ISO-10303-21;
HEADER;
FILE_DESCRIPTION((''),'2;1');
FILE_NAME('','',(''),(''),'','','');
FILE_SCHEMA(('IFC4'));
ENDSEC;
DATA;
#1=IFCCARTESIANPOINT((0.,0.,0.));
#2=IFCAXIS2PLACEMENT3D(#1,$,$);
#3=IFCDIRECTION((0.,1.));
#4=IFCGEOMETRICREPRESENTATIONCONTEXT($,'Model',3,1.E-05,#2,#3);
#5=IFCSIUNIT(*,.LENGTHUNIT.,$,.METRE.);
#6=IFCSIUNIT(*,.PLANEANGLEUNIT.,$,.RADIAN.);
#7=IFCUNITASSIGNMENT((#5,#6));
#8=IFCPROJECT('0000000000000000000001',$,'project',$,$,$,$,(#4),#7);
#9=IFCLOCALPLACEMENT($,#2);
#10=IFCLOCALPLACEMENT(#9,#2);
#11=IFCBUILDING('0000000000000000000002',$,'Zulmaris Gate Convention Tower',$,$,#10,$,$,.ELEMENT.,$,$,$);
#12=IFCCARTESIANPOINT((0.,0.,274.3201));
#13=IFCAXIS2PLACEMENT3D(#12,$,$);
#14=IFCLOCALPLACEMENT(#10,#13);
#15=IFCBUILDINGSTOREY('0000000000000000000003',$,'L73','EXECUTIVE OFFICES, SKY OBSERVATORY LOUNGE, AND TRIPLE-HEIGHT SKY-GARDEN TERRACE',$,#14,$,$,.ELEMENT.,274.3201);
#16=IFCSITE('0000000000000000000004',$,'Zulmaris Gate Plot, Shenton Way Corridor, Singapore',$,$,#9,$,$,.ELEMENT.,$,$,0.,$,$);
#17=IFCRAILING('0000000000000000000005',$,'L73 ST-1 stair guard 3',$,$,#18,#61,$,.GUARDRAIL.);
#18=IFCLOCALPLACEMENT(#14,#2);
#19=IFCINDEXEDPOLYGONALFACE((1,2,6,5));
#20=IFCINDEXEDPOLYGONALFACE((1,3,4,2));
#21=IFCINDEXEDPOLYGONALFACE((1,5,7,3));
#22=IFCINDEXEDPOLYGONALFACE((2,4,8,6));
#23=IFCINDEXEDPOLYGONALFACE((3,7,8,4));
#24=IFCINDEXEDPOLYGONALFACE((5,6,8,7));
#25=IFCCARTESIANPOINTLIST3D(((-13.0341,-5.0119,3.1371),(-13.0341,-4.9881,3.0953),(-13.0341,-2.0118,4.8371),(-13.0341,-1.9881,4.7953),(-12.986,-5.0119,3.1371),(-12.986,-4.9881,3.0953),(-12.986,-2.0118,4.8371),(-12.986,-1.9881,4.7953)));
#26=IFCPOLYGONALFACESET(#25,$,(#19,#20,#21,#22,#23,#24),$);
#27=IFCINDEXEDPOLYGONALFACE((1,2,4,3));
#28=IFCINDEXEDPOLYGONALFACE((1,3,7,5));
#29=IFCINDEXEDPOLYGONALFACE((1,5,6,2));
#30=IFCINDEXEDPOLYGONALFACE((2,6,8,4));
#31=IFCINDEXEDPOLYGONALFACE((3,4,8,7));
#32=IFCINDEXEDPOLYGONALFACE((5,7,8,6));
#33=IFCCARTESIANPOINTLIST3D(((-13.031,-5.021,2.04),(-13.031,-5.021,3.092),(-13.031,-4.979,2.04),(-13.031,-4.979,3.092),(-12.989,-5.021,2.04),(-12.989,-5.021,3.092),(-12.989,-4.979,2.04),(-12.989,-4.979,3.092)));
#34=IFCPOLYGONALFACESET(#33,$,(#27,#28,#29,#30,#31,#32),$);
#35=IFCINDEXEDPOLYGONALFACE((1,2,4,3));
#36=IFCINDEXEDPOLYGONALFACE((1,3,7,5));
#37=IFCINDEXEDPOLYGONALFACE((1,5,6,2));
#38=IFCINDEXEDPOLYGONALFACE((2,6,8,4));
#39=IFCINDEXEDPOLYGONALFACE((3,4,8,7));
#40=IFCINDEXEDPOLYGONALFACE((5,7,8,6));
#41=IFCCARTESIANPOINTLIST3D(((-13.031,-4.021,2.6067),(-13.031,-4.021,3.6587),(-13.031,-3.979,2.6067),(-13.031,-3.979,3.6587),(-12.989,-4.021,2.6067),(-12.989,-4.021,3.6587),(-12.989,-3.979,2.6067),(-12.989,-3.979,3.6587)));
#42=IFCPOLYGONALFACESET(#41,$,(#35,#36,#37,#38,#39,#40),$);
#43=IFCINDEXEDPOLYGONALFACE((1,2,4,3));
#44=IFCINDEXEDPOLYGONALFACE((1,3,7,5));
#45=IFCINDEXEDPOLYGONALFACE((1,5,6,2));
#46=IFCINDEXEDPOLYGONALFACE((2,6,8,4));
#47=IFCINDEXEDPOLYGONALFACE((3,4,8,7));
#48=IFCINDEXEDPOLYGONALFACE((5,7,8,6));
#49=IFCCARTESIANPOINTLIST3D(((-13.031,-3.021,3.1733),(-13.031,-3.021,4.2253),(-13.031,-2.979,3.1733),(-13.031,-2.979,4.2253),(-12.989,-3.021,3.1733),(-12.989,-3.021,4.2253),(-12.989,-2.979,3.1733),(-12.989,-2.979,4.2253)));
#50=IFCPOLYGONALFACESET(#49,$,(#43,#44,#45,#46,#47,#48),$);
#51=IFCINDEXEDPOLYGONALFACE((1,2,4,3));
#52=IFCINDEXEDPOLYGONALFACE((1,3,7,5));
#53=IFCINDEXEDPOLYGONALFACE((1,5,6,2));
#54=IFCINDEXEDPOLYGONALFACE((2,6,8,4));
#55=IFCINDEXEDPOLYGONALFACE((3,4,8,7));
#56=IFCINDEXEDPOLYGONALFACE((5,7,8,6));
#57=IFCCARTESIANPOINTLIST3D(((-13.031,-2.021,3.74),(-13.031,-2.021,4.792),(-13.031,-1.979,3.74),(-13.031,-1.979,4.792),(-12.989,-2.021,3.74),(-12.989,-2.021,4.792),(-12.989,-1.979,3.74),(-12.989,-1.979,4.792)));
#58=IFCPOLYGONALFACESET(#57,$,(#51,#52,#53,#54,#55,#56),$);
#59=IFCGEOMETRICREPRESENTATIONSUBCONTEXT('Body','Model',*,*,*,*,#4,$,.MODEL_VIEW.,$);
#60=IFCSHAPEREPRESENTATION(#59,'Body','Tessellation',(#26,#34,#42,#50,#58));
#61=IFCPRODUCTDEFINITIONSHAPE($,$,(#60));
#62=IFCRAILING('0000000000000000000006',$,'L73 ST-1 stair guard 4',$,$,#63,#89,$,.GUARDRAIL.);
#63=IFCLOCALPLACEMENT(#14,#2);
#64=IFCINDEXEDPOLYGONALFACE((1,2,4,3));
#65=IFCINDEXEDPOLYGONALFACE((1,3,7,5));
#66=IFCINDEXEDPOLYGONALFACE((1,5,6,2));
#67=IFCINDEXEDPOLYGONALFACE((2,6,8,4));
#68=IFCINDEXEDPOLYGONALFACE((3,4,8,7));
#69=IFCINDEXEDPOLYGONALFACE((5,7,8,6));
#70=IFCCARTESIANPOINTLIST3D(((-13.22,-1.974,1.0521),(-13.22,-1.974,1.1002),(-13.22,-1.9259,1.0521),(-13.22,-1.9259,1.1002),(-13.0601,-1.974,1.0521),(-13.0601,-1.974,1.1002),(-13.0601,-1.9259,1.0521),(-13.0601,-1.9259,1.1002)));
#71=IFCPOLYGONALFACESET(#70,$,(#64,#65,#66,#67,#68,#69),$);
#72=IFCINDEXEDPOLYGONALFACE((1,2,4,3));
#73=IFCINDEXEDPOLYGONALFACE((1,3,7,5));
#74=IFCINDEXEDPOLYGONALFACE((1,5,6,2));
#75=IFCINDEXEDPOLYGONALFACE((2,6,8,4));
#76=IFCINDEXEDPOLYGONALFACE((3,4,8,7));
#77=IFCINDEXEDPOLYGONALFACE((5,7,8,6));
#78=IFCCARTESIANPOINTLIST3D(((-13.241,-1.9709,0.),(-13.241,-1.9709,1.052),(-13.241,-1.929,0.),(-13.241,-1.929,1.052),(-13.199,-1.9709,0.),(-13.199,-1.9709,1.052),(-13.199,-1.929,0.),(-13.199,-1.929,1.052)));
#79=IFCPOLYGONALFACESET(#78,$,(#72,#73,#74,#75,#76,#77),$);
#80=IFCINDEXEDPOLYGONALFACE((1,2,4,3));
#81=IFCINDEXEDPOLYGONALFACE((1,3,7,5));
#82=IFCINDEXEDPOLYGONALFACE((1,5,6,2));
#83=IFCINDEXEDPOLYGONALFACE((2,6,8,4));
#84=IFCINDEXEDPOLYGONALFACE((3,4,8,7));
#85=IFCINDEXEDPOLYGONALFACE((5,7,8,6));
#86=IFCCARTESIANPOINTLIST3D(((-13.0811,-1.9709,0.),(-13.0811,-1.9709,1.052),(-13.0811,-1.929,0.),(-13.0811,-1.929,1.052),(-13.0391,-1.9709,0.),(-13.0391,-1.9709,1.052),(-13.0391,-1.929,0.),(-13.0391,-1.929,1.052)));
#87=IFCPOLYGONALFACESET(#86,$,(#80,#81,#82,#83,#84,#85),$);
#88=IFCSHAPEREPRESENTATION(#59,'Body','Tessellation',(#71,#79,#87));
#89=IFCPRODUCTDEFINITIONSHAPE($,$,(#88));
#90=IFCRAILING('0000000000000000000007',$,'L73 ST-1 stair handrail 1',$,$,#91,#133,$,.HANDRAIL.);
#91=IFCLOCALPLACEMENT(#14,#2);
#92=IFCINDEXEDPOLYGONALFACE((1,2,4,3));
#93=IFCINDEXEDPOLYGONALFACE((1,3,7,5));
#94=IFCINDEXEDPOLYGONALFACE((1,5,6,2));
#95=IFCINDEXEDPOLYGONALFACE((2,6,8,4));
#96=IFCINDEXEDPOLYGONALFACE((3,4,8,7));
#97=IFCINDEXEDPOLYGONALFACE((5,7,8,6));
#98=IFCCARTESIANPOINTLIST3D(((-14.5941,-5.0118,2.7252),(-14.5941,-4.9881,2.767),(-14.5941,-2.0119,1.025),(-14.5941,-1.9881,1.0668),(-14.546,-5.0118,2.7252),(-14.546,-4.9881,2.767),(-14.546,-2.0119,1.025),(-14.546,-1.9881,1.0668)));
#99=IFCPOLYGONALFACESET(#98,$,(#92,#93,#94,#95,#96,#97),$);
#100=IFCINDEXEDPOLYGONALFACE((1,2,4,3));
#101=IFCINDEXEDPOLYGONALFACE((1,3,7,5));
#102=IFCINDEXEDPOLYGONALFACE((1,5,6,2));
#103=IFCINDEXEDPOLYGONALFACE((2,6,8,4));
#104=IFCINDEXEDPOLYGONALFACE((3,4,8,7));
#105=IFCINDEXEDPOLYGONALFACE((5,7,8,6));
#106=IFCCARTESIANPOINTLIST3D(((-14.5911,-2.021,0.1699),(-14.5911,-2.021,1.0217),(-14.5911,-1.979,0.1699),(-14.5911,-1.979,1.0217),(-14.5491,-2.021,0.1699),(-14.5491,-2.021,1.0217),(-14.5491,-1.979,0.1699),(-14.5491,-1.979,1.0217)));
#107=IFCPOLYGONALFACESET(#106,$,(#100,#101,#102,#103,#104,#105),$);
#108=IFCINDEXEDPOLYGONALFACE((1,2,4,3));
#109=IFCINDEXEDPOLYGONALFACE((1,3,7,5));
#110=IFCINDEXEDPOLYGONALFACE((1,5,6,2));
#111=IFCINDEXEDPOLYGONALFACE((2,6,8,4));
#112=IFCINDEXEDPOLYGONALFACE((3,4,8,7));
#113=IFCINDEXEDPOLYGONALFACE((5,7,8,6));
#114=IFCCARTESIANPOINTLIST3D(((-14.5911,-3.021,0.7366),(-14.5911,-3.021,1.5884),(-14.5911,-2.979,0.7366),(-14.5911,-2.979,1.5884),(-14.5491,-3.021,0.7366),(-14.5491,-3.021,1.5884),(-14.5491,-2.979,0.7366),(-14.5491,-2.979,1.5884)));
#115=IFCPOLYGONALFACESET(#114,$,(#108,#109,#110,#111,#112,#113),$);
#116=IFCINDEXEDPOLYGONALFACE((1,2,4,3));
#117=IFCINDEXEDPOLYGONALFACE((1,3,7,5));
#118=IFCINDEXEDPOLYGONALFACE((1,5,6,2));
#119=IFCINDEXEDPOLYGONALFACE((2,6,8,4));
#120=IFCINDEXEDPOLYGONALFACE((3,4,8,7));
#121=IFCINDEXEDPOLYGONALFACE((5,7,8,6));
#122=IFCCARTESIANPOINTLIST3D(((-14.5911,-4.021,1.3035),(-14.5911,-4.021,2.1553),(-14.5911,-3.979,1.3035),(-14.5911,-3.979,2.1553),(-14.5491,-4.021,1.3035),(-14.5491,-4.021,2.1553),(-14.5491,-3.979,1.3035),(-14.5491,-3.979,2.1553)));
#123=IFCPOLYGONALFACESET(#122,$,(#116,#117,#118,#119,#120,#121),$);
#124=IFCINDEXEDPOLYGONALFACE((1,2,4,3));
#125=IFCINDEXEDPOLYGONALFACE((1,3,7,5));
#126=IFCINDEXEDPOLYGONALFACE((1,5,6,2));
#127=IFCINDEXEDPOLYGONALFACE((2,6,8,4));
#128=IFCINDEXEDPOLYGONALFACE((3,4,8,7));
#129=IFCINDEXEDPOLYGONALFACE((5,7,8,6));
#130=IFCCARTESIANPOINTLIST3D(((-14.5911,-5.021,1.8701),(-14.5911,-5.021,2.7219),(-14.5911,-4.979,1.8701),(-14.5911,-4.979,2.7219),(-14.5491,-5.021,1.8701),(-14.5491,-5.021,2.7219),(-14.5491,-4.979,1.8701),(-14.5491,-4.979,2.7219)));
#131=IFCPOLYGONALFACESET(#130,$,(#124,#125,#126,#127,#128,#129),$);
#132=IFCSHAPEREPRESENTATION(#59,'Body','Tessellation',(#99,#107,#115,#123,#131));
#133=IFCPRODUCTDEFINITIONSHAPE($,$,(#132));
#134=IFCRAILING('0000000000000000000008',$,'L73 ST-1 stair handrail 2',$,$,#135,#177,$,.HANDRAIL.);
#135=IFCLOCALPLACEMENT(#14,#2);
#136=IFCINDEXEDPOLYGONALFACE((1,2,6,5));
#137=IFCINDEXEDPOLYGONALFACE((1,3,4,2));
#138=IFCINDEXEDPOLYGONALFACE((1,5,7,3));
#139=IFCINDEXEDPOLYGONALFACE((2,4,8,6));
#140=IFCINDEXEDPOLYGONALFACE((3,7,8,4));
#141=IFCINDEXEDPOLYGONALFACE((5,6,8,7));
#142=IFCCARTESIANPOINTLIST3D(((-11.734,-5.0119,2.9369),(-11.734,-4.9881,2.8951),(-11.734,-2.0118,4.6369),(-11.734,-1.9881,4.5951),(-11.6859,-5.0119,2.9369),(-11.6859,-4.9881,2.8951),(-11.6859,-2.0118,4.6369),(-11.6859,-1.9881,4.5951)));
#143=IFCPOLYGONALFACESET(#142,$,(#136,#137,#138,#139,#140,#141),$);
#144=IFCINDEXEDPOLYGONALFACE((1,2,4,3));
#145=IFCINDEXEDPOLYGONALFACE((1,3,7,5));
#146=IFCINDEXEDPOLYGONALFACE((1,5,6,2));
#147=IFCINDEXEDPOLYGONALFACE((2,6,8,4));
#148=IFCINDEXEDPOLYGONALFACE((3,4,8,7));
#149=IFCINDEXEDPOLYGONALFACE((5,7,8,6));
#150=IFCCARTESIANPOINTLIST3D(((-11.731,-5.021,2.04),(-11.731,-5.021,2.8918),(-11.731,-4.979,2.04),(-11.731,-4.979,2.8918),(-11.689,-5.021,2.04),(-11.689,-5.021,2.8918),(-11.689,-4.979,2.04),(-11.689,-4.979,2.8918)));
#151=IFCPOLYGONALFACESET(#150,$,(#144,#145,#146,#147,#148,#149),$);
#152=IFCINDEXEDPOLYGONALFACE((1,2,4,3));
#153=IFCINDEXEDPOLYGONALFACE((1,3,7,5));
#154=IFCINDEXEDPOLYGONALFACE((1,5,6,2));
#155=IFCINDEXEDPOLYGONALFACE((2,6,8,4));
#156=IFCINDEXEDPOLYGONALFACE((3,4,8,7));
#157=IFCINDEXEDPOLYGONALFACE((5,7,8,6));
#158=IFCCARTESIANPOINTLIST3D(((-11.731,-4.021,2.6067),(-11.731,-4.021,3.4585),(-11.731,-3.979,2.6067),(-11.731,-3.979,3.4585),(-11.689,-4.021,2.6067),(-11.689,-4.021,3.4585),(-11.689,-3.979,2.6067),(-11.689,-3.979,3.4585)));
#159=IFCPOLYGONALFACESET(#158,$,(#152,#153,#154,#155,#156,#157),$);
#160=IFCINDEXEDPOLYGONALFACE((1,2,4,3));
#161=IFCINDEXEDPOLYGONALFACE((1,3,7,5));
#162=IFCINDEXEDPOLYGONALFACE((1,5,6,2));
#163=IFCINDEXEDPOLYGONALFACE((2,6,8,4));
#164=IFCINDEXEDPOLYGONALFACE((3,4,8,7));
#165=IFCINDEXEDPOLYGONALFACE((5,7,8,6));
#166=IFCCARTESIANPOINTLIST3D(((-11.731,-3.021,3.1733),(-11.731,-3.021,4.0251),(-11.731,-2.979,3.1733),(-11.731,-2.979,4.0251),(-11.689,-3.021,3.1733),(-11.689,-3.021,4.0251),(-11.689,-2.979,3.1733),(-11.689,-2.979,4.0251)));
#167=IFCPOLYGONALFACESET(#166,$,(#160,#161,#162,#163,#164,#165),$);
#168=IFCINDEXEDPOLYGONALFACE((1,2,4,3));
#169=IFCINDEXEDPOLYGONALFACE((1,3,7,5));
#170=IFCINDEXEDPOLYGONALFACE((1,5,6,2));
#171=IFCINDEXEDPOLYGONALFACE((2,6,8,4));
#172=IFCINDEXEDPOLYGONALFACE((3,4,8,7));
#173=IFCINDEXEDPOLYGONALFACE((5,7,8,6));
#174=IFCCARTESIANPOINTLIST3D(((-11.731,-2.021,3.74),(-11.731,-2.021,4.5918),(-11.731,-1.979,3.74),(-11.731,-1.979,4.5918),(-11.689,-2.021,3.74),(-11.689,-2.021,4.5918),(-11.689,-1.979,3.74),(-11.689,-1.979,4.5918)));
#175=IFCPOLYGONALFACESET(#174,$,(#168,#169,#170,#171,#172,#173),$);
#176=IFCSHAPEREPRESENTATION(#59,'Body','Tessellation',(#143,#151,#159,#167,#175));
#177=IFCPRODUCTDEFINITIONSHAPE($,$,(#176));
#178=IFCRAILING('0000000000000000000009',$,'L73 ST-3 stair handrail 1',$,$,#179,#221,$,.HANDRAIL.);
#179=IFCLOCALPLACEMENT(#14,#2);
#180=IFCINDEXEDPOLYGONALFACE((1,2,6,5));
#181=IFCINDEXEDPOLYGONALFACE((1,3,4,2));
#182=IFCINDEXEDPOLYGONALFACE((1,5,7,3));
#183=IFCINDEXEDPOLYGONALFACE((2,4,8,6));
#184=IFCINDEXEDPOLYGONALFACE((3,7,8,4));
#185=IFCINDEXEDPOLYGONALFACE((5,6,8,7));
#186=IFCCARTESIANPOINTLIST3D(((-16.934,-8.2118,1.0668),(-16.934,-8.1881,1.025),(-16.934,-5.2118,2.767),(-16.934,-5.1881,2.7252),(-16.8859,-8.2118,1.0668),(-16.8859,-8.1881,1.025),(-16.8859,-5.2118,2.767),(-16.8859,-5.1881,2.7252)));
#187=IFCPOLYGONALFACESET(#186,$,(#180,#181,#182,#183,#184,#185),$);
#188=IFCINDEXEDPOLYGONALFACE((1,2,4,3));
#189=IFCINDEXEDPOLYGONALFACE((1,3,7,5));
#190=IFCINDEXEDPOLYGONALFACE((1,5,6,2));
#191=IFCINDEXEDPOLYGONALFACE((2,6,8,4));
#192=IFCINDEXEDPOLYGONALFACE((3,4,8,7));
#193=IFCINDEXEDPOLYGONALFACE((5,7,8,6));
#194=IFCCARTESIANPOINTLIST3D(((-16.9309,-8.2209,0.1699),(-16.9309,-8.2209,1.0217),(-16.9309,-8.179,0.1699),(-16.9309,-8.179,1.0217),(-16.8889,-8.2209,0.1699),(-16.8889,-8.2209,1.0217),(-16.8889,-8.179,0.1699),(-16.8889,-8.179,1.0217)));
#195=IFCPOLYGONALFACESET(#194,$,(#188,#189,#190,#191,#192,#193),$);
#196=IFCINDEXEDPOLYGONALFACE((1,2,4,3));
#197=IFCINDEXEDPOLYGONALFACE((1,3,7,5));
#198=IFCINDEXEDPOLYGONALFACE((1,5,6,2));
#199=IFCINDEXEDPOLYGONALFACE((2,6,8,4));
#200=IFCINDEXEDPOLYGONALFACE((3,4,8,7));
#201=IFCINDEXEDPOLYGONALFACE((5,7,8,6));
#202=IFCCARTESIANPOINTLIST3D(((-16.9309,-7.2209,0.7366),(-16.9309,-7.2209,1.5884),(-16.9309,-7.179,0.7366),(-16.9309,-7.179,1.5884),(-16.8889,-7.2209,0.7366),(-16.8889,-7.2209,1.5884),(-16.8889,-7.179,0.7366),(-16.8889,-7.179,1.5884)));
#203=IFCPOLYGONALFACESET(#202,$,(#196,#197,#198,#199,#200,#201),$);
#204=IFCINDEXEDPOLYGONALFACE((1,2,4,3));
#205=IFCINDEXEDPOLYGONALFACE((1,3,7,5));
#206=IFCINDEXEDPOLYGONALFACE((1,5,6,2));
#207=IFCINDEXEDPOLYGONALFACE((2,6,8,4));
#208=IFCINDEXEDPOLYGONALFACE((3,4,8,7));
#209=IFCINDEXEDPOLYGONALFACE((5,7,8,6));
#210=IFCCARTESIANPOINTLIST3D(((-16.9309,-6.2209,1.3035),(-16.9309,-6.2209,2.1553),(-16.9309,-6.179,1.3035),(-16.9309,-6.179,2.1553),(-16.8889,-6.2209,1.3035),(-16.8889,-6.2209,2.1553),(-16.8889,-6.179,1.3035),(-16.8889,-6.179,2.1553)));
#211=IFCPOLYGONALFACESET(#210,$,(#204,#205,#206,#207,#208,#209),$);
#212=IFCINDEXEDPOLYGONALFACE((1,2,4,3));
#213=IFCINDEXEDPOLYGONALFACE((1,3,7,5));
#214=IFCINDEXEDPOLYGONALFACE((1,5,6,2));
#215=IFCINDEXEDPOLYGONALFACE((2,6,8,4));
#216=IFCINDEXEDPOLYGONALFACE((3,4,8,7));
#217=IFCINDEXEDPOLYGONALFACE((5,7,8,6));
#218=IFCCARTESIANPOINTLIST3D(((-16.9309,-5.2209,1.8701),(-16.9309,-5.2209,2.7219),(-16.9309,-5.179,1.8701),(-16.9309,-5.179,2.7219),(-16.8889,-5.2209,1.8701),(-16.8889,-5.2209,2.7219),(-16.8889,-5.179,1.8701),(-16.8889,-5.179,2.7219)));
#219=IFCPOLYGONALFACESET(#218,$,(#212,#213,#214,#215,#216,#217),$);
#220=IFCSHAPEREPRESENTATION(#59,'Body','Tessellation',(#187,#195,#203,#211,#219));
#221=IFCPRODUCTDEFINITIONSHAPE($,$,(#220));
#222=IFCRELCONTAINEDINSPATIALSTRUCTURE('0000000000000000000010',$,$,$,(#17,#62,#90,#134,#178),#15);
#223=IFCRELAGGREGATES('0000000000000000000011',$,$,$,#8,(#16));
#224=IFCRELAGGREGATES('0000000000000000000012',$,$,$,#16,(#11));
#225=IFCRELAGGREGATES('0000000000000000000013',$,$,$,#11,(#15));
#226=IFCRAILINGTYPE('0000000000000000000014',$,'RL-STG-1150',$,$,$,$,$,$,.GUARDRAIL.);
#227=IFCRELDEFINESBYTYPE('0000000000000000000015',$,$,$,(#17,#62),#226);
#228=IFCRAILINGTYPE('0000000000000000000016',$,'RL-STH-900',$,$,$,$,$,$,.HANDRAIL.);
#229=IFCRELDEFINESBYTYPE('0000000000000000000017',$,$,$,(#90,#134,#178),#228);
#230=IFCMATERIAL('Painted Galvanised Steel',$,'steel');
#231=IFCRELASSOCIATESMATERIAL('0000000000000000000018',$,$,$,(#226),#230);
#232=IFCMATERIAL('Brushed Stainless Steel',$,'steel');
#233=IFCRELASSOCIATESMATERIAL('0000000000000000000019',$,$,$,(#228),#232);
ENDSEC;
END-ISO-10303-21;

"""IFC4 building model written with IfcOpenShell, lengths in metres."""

from ifc_helpers import new_model, si_unit, direction, frame, origin, origin_2d, place, context, subcontext, project, spatial, rectangle, extrude, material, type_object, element, save


model = new_model("IFC4")

# Units and contexts
model_context = context("Model", 3, precision=1e-05, world=origin(), true_north=direction((0.0, 1.0)))
body_context = subcontext(model_context, "Body", "Model", "MODEL_VIEW")
ifc_project = project(units=[si_unit("LENGTHUNIT", "METRE"), si_unit("PLANEANGLEUNIT", "RADIAN")], contexts=[model_context])

# Site, building, storey
site_placement = place(None, origin())
site = spatial("IfcSite", under=ifc_project, at=site_placement, Name="Zulmaris Gate Plot, Shenton Way Corridor, Singapore", CompositionType="ELEMENT", RefElevation=0.0)
building_placement = place(site_placement, origin())
building = spatial("IfcBuilding", under=site, at=building_placement, Name="Zulmaris Gate Convention Tower", CompositionType="ELEMENT")
storey_placement = place(building_placement, frame((0.0, 0.0, 274.3201)))
storey = spatial("IfcBuildingStorey", under=building, at=storey_placement, Name="L73", Description="EXECUTIVE OFFICES, SKY OBSERVATORY LOUNGE, AND TRIPLE-HEIGHT SKY-GARDEN TERRACE", CompositionType="ELEMENT", Elevation=274.3201)

# Shared definitions
ifc_material_1 = material(Name="Brushed Stainless Steel", Category="steel")

# Railings
ifc_material_2 = material(Name="Painted Galvanised Steel", Category="steel")
railing_type_1 = type_object("IfcRailingType", Name="RL-STG-1150", PredefinedType="GUARDRAIL", material=ifc_material_2)
railing_1_placement = place(storey_placement, frame((-13.01, -5.0, 2.04)))
element("IfcRailing", 1, at=railing_1_placement, inside=storey, type_object=railing_type_1, Name="L73 ST-1 stair guard 3", PredefinedType="GUARDRAIL", context=body_context, shape_type="SweptSolid", body=[
    extrude(rectangle(XDim=0.0481, YDim=0.0481, at=origin_2d()), frame((0.0, 0.0, 1.0762), z_axis=(0.0, 0.870028, 0.493002), x_axis=(-1.0, 0.0, 0.0)), (0.0, 0.0, 1.0), 3.4482),
    extrude(rectangle(XDim=0.042, YDim=0.042, at=origin_2d()), origin(), (0.0, 0.0, 1.0), 1.052),
    extrude(rectangle(XDim=0.042, YDim=0.042, at=origin_2d()), frame((0.0, 1.0, 0.5667)), (0.0, 0.0, 1.0), 1.052),
    extrude(rectangle(XDim=0.042, YDim=0.042, at=origin_2d()), frame((0.0, 2.0, 1.1333)), (0.0, 0.0, 1.0), 1.052),
    extrude(rectangle(XDim=0.042, YDim=0.042, at=origin_2d()), frame((0.0, 3.0, 1.7)), (0.0, 0.0, 1.0), 1.052),
])
railing_2_placement = place(storey_placement, frame((-13.22, -1.95, 0.0)))
element("IfcRailing", 2, at=railing_2_placement, inside=storey, type_object=railing_type_1, Name="L73 ST-1 stair guard 4", PredefinedType="GUARDRAIL", context=body_context, shape_type="SweptSolid", body=[
    extrude(rectangle(XDim=0.0481, YDim=0.0481, at=origin_2d()), frame((0.0, 0.0, 1.0762), z_axis=(1.0, 0.0, 0.0), x_axis=(0.0, 1.0, 0.0)), (0.0, 0.0, 1.0), 0.1599),
    extrude(rectangle(XDim=0.042, YDim=0.042, at=origin_2d()), origin(), (0.0, 0.0, 1.0), 1.052),
    extrude(rectangle(XDim=0.042, YDim=0.042, at=origin_2d()), frame((0.1599, 0.0, 0.0)), (0.0, 0.0, 1.0), 1.052),
])
railing_type_2 = type_object("IfcRailingType", Name="RL-STH-900", PredefinedType="HANDRAIL", material=ifc_material_1)
railing_3_placement = place(storey_placement, frame((-14.5701, -2.0, 0.1699)))
element("IfcRailing", 3, at=railing_3_placement, inside=storey, type_object=railing_type_2, Name="L73 ST-1 stair handrail 1", PredefinedType="HANDRAIL", context=body_context, shape_type="SweptSolid", body=[
    extrude(rectangle(XDim=0.0481, YDim=0.0481, at=origin_2d()), frame((0.0, 0.0, 0.876), z_axis=(0.0, -0.869998, 0.493055), x_axis=(1.0, 0.0, 0.0)), (0.0, 0.0, 1.0), 3.4482),
    extrude(rectangle(XDim=0.042, YDim=0.042, at=origin_2d()), origin(), (0.0, 0.0, 1.0), 0.8518),
    extrude(rectangle(XDim=0.042, YDim=0.042, at=origin_2d()), frame((0.0, -1.0, 0.5667)), (0.0, 0.0, 1.0), 0.8518),
    extrude(rectangle(XDim=0.042, YDim=0.042, at=origin_2d()), frame((0.0, -2.0, 1.1335)), (0.0, 0.0, 1.0), 0.8518),
    extrude(rectangle(XDim=0.042, YDim=0.042, at=origin_2d()), frame((0.0, -3.0, 1.7002)), (0.0, 0.0, 1.0), 0.8518),
])
railing_4_placement = place(storey_placement, frame((-11.71, -5.0, 2.04)))
element("IfcRailing", 4, at=railing_4_placement, inside=storey, type_object=railing_type_2, Name="L73 ST-1 stair handrail 2", PredefinedType="HANDRAIL", context=body_context, shape_type="SweptSolid", body=[
    extrude(rectangle(XDim=0.0481, YDim=0.0481, at=origin_2d()), frame((0.0, 0.0, 0.876), z_axis=(0.0, 0.870028, 0.493002), x_axis=(-1.0, 0.0, 0.0)), (0.0, 0.0, 1.0), 3.4482),
    extrude(rectangle(XDim=0.042, YDim=0.042, at=origin_2d()), origin(), (0.0, 0.0, 1.0), 0.8518),
    extrude(rectangle(XDim=0.042, YDim=0.042, at=origin_2d()), frame((0.0, 1.0, 0.5667)), (0.0, 0.0, 1.0), 0.8518),
    extrude(rectangle(XDim=0.042, YDim=0.042, at=origin_2d()), frame((0.0, 2.0, 1.1333)), (0.0, 0.0, 1.0), 0.8518),
    extrude(rectangle(XDim=0.042, YDim=0.042, at=origin_2d()), frame((0.0, 3.0, 1.7)), (0.0, 0.0, 1.0), 0.8518),
])
railing_5_placement = place(storey_placement, frame((-16.9099, -8.2, 0.1699)))
element("IfcRailing", 5, at=railing_5_placement, inside=storey, type_object=railing_type_2, Name="L73 ST-3 stair handrail 1", PredefinedType="HANDRAIL", context=body_context, shape_type="SweptSolid", body=[
    extrude(rectangle(XDim=0.0481, YDim=0.0481, at=origin_2d()), frame((0.0, 0.0, 0.876), z_axis=(0.0, 0.869998, 0.493055), x_axis=(-1.0, 0.0, 0.0)), (0.0, 0.0, 1.0), 3.4482),
    extrude(rectangle(XDim=0.042, YDim=0.042, at=origin_2d()), origin(), (0.0, 0.0, 1.0), 0.8518),
    extrude(rectangle(XDim=0.042, YDim=0.042, at=origin_2d()), frame((0.0, 1.0, 0.5667)), (0.0, 0.0, 1.0), 0.8518),
    extrude(rectangle(XDim=0.042, YDim=0.042, at=origin_2d()), frame((0.0, 2.0, 1.1335)), (0.0, 0.0, 1.0), 0.8518),
    extrude(rectangle(XDim=0.042, YDim=0.042, at=origin_2d()), frame((0.0, 3.0, 1.7002)), (0.0, 0.0, 1.0), 0.8518),
])

save(model, "model.ifc")
